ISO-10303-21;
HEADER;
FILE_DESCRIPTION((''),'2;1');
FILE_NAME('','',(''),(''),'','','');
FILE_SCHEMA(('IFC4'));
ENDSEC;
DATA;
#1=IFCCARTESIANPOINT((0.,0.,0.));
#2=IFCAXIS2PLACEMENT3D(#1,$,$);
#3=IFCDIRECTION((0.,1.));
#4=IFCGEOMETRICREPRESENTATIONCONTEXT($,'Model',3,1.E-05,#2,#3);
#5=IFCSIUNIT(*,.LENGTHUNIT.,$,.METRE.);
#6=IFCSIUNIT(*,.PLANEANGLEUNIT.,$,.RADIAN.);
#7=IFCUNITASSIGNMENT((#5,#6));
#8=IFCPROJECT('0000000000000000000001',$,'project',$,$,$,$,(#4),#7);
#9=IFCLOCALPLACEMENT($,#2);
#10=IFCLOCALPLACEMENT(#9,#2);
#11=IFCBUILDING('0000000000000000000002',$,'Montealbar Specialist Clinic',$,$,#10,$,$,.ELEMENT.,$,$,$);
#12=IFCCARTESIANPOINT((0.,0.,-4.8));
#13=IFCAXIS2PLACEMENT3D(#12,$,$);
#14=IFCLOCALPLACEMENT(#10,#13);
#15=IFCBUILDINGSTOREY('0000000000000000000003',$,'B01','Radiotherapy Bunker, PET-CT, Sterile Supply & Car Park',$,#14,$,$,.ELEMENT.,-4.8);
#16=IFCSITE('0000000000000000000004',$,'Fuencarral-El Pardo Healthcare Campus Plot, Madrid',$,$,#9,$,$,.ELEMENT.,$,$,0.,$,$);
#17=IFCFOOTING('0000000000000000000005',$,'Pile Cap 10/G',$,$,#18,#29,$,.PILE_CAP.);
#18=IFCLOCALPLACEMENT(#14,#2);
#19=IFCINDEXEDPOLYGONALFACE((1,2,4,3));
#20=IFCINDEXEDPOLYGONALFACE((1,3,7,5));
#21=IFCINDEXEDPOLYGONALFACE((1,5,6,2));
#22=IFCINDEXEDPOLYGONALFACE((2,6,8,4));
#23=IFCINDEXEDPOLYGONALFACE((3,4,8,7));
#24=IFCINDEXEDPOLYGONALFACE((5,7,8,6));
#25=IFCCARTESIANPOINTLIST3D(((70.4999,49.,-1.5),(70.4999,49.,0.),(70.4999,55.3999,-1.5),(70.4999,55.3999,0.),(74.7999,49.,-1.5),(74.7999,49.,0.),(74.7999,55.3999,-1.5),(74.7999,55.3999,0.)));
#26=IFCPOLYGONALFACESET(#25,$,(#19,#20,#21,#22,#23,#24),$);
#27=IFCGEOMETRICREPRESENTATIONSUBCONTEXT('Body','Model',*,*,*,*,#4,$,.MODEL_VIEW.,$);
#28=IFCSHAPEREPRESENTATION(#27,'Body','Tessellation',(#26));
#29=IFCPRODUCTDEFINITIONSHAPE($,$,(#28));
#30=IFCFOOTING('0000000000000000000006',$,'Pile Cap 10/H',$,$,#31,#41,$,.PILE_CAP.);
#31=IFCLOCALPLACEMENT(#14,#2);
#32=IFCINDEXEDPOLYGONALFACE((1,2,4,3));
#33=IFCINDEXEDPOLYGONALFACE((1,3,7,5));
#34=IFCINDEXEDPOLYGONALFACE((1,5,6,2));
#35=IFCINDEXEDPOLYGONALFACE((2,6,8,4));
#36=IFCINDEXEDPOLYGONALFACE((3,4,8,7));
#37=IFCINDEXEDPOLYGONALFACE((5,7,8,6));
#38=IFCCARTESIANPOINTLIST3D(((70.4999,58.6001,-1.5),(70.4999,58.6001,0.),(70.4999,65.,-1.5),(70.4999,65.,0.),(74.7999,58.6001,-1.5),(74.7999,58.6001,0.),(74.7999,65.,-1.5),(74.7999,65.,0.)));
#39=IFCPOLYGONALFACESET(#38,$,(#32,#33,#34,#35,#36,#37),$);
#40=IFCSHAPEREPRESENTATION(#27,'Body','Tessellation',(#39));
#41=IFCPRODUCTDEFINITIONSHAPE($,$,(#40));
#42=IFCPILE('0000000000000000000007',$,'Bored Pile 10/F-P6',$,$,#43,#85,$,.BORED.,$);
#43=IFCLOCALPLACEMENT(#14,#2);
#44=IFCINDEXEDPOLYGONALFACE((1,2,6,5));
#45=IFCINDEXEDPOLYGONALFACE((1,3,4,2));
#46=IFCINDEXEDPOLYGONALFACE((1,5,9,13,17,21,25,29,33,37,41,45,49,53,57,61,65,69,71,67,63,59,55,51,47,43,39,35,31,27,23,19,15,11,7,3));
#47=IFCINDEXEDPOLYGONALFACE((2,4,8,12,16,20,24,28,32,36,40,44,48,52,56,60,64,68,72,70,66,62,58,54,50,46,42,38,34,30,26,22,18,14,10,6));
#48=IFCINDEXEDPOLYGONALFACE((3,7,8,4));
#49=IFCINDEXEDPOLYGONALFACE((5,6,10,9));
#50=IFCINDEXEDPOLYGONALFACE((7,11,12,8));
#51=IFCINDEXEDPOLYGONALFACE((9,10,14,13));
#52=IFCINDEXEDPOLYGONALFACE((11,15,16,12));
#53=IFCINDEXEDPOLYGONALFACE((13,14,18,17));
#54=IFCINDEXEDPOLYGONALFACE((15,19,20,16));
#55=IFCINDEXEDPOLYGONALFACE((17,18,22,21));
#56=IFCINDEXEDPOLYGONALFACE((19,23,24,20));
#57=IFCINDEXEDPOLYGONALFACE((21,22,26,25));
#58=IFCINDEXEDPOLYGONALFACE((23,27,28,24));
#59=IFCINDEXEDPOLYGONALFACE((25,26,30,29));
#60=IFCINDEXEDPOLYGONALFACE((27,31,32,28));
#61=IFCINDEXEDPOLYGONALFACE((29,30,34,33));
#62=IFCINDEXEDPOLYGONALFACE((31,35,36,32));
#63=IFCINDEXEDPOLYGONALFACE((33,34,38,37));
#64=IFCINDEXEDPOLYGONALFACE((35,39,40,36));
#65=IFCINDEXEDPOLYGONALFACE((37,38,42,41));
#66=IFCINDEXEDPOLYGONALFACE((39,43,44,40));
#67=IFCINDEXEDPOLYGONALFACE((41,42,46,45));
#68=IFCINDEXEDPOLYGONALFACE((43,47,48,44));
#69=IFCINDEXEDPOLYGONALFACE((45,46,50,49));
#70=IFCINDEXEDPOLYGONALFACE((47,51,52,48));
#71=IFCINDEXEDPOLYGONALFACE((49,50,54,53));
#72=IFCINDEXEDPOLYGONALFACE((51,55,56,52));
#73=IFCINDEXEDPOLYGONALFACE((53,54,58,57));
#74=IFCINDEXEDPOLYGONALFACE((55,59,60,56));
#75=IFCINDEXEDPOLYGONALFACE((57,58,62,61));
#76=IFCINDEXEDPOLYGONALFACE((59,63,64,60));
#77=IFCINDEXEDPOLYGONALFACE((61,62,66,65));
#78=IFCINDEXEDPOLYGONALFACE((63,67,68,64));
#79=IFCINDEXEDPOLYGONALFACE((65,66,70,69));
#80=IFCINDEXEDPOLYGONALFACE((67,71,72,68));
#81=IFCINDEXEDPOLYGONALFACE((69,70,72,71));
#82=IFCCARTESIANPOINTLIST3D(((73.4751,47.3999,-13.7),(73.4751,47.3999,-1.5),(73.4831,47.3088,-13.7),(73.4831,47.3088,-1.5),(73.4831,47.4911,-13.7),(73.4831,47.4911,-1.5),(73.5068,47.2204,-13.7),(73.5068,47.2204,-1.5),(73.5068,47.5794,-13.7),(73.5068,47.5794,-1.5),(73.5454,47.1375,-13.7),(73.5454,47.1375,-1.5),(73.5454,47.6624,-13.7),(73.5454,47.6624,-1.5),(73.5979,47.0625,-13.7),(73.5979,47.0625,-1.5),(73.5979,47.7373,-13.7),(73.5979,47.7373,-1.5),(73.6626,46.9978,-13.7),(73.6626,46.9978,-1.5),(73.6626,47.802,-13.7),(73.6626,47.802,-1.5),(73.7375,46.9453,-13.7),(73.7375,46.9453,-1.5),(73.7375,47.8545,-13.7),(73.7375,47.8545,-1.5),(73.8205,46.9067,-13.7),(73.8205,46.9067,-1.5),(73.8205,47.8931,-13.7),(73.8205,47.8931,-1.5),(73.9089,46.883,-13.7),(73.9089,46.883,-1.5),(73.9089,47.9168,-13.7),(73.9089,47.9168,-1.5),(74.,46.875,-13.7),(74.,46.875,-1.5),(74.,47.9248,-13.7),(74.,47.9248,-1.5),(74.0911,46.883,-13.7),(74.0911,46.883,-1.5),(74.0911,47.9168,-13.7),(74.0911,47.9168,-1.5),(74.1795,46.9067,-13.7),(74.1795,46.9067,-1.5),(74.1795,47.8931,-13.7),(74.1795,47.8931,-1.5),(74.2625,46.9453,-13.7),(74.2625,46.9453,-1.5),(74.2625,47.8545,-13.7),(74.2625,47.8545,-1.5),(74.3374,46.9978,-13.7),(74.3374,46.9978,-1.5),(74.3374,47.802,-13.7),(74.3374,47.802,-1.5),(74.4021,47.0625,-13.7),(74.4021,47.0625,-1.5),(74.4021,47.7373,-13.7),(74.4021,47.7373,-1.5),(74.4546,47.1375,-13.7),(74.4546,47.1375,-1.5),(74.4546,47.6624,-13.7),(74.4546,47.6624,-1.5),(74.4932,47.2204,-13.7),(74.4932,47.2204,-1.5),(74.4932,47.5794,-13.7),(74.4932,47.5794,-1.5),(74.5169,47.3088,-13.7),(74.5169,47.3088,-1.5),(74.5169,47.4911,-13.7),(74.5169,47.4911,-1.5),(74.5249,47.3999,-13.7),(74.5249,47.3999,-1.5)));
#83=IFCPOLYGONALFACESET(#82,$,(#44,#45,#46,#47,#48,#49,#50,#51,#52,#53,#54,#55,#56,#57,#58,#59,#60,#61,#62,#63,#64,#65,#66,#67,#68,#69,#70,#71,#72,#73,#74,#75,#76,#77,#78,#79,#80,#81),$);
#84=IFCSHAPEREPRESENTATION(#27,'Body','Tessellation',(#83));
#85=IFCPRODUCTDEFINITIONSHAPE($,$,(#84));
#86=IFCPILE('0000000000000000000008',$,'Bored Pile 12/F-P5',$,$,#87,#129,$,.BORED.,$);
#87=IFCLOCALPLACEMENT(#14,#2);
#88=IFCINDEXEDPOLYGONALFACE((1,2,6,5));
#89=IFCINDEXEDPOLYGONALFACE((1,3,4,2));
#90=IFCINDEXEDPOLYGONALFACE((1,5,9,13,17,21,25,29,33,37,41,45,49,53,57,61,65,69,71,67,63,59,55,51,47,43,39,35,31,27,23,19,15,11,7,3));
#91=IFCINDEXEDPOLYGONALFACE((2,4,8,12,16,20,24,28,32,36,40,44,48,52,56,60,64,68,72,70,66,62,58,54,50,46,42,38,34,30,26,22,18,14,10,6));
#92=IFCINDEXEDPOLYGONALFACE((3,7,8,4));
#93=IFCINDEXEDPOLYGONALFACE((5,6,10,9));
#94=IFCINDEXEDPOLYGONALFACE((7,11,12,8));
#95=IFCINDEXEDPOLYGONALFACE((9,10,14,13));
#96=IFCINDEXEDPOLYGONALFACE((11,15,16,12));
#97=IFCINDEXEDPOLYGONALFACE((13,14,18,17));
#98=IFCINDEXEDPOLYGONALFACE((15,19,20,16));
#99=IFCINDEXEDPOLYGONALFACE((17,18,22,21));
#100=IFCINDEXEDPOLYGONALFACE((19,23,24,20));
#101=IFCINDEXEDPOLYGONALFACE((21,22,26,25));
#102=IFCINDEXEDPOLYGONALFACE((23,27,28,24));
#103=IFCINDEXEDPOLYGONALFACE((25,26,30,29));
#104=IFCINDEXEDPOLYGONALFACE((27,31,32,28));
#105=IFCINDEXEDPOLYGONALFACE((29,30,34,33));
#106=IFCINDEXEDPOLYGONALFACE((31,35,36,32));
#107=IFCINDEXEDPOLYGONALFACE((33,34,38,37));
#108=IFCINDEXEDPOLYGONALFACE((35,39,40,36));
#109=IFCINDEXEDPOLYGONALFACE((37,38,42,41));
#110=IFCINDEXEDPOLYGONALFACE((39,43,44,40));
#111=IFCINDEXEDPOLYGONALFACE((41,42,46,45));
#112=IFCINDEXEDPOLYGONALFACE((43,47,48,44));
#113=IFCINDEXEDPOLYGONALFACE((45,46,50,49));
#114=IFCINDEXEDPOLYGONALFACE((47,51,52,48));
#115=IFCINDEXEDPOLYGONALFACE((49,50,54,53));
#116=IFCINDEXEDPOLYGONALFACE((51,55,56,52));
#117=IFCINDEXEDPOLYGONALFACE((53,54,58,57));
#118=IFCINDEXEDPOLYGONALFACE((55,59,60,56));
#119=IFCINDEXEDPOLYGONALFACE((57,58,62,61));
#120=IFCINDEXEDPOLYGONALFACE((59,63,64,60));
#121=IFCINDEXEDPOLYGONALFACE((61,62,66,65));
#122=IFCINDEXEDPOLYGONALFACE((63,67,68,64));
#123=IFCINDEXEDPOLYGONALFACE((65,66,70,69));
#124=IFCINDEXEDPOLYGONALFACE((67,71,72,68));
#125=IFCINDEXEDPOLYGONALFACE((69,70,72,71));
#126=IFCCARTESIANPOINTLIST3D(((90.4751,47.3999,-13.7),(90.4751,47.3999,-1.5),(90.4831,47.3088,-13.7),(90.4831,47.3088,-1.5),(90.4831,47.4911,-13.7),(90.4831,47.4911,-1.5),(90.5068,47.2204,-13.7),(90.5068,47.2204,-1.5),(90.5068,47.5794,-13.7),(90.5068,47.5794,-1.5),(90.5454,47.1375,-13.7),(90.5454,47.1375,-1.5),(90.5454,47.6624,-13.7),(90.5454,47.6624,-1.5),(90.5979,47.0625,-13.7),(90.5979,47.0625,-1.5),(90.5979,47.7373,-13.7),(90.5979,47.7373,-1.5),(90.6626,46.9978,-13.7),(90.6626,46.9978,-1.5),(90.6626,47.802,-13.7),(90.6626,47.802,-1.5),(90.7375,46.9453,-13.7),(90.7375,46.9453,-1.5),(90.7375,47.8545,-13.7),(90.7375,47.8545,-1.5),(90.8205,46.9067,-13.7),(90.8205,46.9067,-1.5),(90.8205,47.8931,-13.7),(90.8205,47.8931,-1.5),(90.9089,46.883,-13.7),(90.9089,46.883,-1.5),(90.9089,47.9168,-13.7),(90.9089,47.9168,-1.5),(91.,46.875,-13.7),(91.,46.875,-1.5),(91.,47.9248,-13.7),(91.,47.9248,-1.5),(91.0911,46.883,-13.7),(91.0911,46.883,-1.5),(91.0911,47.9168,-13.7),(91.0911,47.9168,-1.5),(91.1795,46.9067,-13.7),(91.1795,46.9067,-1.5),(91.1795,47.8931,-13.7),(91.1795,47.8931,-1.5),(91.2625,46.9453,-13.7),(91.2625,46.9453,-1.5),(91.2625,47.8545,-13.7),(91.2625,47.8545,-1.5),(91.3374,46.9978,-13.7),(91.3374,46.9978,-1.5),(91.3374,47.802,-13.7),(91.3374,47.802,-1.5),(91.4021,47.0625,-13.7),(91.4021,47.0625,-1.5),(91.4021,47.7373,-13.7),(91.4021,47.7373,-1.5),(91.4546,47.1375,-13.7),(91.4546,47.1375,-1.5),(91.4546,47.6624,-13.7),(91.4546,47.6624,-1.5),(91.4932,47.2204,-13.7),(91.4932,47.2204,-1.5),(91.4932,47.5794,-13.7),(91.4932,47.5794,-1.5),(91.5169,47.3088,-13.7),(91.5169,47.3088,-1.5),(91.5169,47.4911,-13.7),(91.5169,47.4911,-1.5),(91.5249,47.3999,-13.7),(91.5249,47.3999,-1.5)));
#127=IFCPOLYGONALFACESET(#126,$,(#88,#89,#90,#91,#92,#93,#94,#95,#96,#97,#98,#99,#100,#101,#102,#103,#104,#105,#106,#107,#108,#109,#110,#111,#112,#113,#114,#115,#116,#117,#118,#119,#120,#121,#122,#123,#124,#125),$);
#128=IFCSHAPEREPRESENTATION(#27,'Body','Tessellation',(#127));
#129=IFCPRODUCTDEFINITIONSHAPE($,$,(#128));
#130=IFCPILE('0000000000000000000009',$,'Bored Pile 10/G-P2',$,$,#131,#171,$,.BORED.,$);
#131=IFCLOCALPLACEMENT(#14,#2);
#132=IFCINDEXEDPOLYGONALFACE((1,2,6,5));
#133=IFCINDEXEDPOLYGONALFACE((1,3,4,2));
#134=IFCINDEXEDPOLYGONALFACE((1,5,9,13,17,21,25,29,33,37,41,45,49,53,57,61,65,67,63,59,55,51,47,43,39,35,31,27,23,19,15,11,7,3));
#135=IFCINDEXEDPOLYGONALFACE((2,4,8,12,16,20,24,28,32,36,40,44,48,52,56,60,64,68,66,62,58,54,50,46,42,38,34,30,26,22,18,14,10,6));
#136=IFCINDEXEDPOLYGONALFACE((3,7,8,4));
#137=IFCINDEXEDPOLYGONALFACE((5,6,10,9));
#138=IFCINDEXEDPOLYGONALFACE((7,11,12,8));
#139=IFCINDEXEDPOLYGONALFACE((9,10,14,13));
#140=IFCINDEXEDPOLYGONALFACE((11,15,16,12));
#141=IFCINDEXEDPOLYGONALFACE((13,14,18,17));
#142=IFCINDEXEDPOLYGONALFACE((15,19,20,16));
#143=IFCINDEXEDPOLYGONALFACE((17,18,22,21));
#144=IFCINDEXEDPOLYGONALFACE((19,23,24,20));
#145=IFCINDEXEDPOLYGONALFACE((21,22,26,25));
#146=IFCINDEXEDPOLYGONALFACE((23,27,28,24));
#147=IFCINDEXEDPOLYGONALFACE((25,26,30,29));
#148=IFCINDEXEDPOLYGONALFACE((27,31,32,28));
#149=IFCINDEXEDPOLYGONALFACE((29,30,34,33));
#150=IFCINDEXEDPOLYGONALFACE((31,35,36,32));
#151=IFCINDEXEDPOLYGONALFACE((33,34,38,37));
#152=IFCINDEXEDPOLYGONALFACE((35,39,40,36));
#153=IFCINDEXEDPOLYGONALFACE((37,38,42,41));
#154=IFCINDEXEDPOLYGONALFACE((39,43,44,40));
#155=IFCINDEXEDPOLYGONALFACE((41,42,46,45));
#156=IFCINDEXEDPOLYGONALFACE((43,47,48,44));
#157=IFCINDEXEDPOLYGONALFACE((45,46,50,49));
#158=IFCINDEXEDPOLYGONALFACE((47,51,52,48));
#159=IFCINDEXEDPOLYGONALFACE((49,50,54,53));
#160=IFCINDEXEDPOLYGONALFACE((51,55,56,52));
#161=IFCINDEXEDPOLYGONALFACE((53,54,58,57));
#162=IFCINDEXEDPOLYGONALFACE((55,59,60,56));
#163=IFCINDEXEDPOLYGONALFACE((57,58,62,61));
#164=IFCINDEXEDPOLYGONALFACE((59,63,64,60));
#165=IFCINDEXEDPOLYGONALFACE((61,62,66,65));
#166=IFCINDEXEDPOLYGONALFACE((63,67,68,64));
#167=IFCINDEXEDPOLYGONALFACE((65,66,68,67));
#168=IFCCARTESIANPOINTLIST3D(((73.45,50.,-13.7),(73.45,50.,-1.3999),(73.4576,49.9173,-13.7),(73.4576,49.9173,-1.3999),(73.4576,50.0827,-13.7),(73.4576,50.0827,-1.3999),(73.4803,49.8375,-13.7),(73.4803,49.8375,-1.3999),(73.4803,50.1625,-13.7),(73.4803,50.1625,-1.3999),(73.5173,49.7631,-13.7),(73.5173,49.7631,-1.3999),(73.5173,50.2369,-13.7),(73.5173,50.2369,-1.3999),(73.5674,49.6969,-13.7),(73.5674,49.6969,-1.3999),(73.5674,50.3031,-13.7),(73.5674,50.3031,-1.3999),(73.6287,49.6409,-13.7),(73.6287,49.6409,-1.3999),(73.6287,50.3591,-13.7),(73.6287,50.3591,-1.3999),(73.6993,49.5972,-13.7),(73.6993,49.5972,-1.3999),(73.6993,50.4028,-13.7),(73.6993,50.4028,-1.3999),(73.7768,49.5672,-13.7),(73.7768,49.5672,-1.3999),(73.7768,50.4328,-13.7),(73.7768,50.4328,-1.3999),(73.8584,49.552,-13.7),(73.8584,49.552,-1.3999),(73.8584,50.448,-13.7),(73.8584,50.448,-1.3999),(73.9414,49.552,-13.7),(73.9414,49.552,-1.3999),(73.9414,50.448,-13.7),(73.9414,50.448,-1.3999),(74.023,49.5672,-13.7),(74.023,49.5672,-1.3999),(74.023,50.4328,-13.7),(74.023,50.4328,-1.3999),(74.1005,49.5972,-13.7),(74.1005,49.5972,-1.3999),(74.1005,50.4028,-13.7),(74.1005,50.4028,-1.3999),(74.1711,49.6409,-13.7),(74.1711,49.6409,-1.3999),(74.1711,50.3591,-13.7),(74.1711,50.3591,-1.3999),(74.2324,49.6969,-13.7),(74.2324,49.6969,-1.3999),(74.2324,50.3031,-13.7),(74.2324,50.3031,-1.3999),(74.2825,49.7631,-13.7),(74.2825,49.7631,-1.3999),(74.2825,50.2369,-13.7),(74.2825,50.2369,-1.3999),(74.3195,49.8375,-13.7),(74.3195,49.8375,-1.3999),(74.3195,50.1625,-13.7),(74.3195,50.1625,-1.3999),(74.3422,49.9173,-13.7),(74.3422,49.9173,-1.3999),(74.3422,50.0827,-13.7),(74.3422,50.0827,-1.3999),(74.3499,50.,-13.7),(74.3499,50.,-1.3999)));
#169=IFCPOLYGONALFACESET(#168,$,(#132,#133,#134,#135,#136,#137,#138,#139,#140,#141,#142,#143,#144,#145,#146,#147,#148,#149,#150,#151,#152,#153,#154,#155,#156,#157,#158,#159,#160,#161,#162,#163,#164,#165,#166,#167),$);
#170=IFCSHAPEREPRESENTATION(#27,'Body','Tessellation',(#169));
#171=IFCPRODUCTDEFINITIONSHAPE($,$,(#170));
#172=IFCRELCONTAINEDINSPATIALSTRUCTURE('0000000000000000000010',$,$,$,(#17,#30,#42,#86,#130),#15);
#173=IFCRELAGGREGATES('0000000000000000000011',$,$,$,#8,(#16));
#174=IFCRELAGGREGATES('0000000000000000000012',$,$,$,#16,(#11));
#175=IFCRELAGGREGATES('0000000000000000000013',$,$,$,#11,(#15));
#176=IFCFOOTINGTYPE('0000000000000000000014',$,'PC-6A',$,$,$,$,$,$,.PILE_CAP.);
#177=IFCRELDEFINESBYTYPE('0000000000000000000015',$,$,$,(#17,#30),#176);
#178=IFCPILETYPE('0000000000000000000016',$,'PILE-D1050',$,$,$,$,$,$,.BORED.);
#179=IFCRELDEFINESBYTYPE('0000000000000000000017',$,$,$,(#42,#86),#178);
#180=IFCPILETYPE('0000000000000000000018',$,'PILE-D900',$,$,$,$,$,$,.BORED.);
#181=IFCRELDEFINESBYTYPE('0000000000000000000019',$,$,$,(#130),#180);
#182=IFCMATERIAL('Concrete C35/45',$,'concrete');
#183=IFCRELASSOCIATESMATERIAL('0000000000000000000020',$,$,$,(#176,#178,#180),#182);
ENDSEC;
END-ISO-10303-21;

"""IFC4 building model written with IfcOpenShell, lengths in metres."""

from ifc_helpers import new_model, si_unit, direction, frame, origin, origin_2d, place, context, subcontext, project, spatial, rectangle, circle, extrude, material, material_profile, profile_set, type_object, element, save


model = new_model("IFC4")

# Units and contexts
model_context = context("Model", 3, precision=1e-05, world=origin(), true_north=direction((0.0, 1.0)))
body_context = subcontext(model_context, "Body", "Model", "MODEL_VIEW")
ifc_project = project(units=[si_unit("LENGTHUNIT", "METRE"), si_unit("PLANEANGLEUNIT", "RADIAN")], contexts=[model_context])

# Site, building, storey
site_placement = place(None, origin())
site = spatial("IfcSite", under=ifc_project, at=site_placement, Name="Fuencarral-El Pardo Healthcare Campus Plot, Madrid", CompositionType="ELEMENT", RefElevation=0.0)
building_placement = place(site_placement, origin())
building = spatial("IfcBuilding", under=site, at=building_placement, Name="Montealbar Specialist Clinic", CompositionType="ELEMENT")
storey_placement = place(building_placement, frame((0.0, 0.0, -4.8)))
storey = spatial("IfcBuildingStorey", under=building, at=storey_placement, Name="B01", Description="Radiotherapy Bunker, PET-CT, Sterile Supply & Car Park", CompositionType="ELEMENT", Elevation=-4.8)

# Footings
ifc_material_1 = material(Name="Concrete C35/45", Category="concrete")
footing_type = type_object("IfcFootingType", Name="PC-6A", PredefinedType="PILE_CAP", material=ifc_material_1)
for number, where, z_axis, x_axis, name in (
    (1, (72.6499, 52.2, -1.5), (0.0, 0.0, 1.0), (1.0, 0.0, 0.0), "Pile Cap 10/G"),
    (2, (72.6499, 61.8, -1.5), (0.0, 0.0, 1.0), (1.0, 0.0, 0.0), "Pile Cap 10/H"),
):
    element("IfcFooting", number, at=place(storey_placement, frame(where, z_axis=z_axis, x_axis=x_axis)), inside=storey, type_object=footing_type, Name=name, PredefinedType="PILE_CAP", context=body_context, shape_type="SweptSolid", body=[
        extrude(rectangle(XDim=4.3, YDim=6.3999, at=origin_2d()), origin(), (0.0, 0.0, 1.0), 1.5),
    ])

# Piles
ifc_material_profile_1 = material_profile(ifc_material_1, circle(Radius=0.5249, at=origin_2d()), Name="PILE D1050", Category="concrete")
ifc_profile_set_1 = profile_set([ifc_material_profile_1], Name="Concrete C35/45")
pile_type_1 = type_object("IfcPileType", Name="PILE-D1050", PredefinedType="BORED", material=ifc_profile_set_1)
for number, where, z_axis, x_axis, name in (
    (3, (74.0, 47.3999, -1.5), (0.0, 0.0, -1.0), (1.0, 0.0, 0.0), "Bored Pile 10/F-P6"),
    (4, (91.0, 47.3999, -1.5), (0.0, 0.0, -1.0), (1.0, 0.0, 0.0), "Bored Pile 12/F-P5"),
):
    element("IfcPile", number, at=place(storey_placement, frame(where, z_axis=z_axis, x_axis=x_axis)), inside=storey, type_object=pile_type_1, Name=name, PredefinedType="BORED", context=body_context, shape_type="SweptSolid", body=[
        extrude(circle(Radius=0.5249, at=origin_2d()), origin(), (0.0, 0.0, 1.0), 12.2),
    ])
ifc_material_profile_2 = material_profile(ifc_material_1, circle(Radius=0.45, at=origin_2d()), Name="PILE D900", Category="concrete")
ifc_profile_set_2 = profile_set([ifc_material_profile_2], Name="Concrete C35/45")
pile_type_2 = type_object("IfcPileType", Name="PILE-D900", PredefinedType="BORED", material=ifc_profile_set_2)
for number, where, z_axis, x_axis, name in (
    (5, (73.8999, 50.0, -1.3999), (0.0, 0.0, -1.0), (1.0, 0.0, 0.0), "Bored Pile 10/G-P2"),
):
    element("IfcPile", number, at=place(storey_placement, frame(where, z_axis=z_axis, x_axis=x_axis)), inside=storey, type_object=pile_type_2, Name=name, PredefinedType="BORED", context=body_context, shape_type="SweptSolid", body=[
        extrude(circle(Radius=0.45, at=origin_2d()), origin(), (0.0, 0.0, 1.0), 12.3),
    ])

save(model, "model.ifc")
